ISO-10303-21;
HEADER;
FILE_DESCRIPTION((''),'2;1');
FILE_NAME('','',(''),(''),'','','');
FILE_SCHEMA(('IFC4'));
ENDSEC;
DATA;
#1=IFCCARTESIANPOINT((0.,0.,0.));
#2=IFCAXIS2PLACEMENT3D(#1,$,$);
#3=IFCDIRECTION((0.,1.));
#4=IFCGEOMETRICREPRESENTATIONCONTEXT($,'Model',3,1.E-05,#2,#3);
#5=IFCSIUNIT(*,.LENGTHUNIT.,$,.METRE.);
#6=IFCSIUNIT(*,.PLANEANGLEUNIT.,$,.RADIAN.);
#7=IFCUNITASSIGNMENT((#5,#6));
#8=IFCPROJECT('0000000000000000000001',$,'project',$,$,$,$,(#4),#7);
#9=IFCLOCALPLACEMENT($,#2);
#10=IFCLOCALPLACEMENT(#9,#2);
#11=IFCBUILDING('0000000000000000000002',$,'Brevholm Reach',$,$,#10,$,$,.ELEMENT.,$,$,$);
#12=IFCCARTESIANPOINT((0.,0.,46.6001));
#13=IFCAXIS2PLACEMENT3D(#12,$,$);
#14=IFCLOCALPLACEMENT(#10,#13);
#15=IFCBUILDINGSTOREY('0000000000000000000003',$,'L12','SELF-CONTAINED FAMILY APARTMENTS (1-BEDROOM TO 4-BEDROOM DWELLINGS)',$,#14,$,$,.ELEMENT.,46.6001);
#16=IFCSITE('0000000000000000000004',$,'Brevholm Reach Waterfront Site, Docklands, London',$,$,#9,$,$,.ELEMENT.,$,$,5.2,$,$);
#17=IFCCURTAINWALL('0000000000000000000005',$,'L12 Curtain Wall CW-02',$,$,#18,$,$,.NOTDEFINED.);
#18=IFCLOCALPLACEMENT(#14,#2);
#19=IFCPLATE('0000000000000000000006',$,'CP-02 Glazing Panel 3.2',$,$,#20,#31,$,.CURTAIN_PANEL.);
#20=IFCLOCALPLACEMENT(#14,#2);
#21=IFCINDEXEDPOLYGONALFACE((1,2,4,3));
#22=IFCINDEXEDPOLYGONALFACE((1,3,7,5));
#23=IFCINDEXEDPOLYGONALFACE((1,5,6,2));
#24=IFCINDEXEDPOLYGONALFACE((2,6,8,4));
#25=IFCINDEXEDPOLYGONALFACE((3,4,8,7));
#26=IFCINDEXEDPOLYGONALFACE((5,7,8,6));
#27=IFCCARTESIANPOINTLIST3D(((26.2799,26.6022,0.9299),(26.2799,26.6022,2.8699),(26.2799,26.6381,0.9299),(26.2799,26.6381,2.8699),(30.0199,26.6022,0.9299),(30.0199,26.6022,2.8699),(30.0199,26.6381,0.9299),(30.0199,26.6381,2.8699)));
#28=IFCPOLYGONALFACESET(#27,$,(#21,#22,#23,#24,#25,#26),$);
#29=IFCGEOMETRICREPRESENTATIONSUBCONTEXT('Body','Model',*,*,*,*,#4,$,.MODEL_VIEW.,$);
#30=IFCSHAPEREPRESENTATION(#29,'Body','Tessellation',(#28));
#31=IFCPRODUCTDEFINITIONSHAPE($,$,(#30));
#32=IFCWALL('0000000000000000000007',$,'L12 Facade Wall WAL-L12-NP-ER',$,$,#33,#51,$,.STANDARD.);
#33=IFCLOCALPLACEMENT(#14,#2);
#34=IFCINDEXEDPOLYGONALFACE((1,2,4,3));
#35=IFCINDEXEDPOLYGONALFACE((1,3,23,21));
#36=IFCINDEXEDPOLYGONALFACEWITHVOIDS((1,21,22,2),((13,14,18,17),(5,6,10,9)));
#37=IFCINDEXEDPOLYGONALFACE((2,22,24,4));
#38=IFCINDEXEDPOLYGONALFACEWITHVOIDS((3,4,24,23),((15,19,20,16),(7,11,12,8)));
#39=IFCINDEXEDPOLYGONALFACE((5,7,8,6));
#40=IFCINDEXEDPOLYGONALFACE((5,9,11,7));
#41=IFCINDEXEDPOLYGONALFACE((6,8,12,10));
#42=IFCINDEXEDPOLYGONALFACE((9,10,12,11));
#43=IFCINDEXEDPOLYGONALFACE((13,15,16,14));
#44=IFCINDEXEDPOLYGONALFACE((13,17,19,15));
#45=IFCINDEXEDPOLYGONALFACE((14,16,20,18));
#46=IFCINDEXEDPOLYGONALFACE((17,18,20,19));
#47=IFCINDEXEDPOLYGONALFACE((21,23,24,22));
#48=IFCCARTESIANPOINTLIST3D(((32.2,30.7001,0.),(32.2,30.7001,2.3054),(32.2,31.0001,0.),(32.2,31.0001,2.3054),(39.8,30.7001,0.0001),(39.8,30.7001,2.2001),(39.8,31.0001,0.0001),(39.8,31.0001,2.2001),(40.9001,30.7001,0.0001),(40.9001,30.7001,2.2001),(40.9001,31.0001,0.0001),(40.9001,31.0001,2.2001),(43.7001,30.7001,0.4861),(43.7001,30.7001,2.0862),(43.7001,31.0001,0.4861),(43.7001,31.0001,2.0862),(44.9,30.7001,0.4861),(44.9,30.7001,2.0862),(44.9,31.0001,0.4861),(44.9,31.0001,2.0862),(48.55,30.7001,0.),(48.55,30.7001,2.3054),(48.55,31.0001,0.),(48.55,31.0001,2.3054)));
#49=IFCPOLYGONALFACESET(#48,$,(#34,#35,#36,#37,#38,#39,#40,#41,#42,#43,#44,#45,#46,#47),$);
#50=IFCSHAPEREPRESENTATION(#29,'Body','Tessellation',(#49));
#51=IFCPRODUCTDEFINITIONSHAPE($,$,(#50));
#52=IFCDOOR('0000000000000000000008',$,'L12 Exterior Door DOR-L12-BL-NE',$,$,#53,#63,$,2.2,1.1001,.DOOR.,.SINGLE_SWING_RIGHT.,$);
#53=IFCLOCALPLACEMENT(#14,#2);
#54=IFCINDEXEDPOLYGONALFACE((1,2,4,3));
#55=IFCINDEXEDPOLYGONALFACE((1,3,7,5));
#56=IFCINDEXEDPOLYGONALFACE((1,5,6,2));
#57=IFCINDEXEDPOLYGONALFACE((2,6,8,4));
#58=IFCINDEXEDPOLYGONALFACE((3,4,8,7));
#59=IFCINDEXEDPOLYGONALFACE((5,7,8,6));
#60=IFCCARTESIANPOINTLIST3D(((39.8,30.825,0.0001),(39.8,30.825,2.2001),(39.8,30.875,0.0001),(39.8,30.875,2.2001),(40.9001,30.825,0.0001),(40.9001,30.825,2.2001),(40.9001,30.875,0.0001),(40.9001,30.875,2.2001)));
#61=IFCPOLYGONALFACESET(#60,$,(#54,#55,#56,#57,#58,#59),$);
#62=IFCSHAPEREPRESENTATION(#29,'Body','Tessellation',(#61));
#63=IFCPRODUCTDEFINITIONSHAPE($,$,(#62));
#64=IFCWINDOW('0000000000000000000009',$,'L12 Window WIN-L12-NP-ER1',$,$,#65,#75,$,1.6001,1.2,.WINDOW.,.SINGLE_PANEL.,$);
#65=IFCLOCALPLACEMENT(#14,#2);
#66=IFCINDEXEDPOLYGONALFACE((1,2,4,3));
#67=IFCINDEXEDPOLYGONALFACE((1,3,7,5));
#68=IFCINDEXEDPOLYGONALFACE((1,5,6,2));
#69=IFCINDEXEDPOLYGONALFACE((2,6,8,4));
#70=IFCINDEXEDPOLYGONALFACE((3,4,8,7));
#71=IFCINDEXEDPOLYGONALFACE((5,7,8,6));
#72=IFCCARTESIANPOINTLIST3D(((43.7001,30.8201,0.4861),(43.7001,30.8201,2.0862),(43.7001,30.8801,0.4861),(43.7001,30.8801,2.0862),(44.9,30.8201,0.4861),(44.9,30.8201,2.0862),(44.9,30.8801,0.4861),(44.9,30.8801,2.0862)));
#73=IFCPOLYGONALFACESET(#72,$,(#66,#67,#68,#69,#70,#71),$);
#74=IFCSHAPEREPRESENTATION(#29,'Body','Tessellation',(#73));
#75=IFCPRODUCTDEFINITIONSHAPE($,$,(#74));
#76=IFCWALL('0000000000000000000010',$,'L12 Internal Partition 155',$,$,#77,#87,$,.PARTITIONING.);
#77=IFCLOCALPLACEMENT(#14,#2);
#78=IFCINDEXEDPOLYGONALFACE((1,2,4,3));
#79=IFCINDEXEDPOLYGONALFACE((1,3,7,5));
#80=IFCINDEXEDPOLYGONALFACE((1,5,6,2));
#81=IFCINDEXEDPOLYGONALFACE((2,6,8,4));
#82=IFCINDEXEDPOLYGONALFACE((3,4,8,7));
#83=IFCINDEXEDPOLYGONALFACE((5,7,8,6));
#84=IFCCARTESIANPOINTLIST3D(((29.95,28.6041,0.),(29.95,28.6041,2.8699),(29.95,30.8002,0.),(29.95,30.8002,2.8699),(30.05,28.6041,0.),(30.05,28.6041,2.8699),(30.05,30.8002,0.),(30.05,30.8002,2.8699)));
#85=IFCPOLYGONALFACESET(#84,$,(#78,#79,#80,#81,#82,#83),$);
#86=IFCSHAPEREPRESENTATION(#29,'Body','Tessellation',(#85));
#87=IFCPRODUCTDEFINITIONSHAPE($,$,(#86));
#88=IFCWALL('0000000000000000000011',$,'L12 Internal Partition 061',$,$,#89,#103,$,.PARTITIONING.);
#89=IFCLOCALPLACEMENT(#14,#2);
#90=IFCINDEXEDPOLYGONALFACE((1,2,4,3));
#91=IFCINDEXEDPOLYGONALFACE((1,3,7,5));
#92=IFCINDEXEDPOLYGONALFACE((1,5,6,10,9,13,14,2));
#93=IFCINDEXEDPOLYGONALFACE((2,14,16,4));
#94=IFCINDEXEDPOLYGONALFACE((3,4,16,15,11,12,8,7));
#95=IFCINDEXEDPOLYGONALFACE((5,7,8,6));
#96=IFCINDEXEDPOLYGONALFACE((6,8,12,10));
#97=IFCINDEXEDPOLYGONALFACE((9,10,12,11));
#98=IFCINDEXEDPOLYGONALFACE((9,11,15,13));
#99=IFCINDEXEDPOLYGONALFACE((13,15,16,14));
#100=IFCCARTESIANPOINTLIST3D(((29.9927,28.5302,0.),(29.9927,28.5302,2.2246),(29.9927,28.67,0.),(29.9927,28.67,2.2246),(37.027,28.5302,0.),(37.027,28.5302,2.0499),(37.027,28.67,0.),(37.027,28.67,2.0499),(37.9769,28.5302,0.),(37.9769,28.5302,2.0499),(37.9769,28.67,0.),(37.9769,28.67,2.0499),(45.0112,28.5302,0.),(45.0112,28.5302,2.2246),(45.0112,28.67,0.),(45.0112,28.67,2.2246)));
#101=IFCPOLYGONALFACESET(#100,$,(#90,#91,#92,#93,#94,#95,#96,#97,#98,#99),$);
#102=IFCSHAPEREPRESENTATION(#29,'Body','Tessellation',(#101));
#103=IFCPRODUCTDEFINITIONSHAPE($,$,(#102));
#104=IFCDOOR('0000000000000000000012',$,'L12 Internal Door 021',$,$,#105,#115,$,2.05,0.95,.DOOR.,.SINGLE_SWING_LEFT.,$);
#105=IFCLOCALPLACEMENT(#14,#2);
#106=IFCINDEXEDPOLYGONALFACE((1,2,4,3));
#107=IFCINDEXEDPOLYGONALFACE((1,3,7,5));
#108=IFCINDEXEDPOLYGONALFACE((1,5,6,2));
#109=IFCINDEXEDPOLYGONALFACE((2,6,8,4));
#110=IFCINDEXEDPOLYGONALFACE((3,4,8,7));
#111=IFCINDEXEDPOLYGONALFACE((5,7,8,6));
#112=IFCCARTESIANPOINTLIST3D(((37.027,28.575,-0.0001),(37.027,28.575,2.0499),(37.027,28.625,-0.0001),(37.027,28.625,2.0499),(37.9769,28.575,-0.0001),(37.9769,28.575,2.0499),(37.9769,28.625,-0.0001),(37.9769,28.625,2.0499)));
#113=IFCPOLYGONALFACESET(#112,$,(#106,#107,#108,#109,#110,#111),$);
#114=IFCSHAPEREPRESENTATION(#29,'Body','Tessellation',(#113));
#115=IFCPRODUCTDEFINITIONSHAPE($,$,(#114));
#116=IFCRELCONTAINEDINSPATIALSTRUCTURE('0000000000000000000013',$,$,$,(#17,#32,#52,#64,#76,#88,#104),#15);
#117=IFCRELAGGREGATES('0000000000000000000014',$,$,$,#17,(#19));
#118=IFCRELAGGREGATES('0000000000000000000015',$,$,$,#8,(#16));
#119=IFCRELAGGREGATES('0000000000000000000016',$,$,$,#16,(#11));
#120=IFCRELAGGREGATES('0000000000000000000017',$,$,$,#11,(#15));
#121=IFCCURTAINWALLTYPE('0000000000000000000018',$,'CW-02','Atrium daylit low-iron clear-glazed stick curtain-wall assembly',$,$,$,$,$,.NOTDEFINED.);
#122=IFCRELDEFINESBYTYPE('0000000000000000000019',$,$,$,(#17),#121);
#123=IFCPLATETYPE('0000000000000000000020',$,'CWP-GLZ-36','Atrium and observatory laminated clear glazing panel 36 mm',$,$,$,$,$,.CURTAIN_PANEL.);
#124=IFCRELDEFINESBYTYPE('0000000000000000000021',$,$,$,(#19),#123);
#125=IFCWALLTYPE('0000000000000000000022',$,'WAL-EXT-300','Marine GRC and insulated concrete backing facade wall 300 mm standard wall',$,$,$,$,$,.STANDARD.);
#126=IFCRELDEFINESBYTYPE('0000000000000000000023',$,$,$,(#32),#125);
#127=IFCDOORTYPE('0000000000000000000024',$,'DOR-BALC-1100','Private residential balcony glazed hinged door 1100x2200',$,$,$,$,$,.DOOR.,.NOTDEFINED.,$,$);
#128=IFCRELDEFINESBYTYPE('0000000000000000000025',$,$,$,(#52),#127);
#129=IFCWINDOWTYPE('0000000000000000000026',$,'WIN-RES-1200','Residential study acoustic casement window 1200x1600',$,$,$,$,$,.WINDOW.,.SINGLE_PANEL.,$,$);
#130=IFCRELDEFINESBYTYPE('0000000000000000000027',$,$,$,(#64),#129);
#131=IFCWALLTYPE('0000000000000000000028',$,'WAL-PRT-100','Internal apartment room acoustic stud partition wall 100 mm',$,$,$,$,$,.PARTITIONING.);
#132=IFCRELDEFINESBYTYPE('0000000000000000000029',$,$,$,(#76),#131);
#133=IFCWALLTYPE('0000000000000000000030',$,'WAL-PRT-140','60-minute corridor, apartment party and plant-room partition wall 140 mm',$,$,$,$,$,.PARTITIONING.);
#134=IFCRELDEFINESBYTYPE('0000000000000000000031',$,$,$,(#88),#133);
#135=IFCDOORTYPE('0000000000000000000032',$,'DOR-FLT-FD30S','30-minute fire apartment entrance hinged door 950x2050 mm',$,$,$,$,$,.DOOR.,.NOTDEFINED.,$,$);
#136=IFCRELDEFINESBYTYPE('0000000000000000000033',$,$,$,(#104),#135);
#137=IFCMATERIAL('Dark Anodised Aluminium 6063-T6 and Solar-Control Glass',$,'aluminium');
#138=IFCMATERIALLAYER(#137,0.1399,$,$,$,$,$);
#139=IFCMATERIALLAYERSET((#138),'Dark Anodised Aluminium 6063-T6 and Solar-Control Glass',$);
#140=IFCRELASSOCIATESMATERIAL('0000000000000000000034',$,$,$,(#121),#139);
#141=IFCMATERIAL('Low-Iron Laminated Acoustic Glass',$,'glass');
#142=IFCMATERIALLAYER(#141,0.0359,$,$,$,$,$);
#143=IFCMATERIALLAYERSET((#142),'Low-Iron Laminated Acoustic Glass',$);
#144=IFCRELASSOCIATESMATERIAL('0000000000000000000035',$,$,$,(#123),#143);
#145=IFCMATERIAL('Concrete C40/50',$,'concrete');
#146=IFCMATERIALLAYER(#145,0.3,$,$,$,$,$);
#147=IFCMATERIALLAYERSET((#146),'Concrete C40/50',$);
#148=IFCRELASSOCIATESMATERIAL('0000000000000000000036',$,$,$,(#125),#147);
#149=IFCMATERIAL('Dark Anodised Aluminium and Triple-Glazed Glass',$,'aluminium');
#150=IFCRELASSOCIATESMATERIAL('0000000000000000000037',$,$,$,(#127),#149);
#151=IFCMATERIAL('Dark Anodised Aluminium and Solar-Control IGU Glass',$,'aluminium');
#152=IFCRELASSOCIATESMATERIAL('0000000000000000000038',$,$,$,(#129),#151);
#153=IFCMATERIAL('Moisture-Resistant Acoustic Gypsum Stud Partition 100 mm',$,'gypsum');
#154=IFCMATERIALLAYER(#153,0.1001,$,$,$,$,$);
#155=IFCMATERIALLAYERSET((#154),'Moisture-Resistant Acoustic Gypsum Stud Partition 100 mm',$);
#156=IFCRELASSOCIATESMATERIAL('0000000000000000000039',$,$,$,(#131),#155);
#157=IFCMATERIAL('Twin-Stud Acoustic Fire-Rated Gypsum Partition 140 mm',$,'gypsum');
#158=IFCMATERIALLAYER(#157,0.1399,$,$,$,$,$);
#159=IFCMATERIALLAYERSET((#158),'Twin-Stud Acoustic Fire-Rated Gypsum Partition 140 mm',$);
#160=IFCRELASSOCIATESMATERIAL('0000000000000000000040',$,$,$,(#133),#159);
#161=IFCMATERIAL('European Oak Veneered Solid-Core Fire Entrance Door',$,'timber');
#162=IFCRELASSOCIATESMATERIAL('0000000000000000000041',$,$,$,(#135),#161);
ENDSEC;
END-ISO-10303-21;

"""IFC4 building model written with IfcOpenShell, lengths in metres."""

from ifc_helpers import new_model, si_unit, direction, frame, frame_2d, origin, origin_2d, place, context, subcontext, project, spatial, rectangle, extrude, material, layer, layer_set, type_object, element, fill, aggregate, save


model = new_model("IFC4")

# Units and contexts
model_context = context("Model", 3, precision=1e-05, world=origin(), true_north=direction((0.0, 1.0)))
body_context = subcontext(model_context, "Body", "Model", "MODEL_VIEW")
ifc_project = project(units=[si_unit("LENGTHUNIT", "METRE"), si_unit("PLANEANGLEUNIT", "RADIAN")], contexts=[model_context])

# Site, building, storey
site_placement = place(None, origin())
site = spatial("IfcSite", under=ifc_project, at=site_placement, Name="Brevholm Reach Waterfront Site, Docklands, London", CompositionType="ELEMENT", RefElevation=5.2)
building_placement = place(site_placement, origin())
building = spatial("IfcBuilding", under=site, at=building_placement, Name="Brevholm Reach", CompositionType="ELEMENT")
storey_placement = place(building_placement, frame((0.0, 0.0, 46.6001)))
storey = spatial("IfcBuildingStorey", under=building, at=storey_placement, Name="L12", Description="SELF-CONTAINED FAMILY APARTMENTS (1-BEDROOM TO 4-BEDROOM DWELLINGS)", CompositionType="ELEMENT", Elevation=46.6001)

# Curtain wall
ifc_material_1 = material(Name="Dark Anodised Aluminium 6063-T6 and Solar-Control Glass", Category="aluminium")
ifc_layer_1 = layer(ifc_material_1, 0.1399)
ifc_layer_set_1 = layer_set([ifc_layer_1], Name="Dark Anodised Aluminium 6063-T6 and Solar-Control Glass")
curtain_wall_type_1 = type_object("IfcCurtainWallType", Name="CW-02", Description="Atrium daylit low-iron clear-glazed stick curtain-wall assembly", PredefinedType="NOTDEFINED", material=ifc_layer_set_1)
curtain_wall_1_placement = place(storey_placement, origin())
curtain_wall_1 = element("IfcCurtainWall", 1, at=curtain_wall_1_placement, inside=storey, type_object=curtain_wall_type_1, Name="L12 Curtain Wall CW-02", PredefinedType="NOTDEFINED")

# Plate
ifc_material_2 = material(Name="Low-Iron Laminated Acoustic Glass", Category="glass")
ifc_layer_2 = layer(ifc_material_2, 0.0359)
ifc_layer_set_2 = layer_set([ifc_layer_2], Name="Low-Iron Laminated Acoustic Glass")
plate_type_1 = type_object("IfcPlateType", Name="CWP-GLZ-36", Description="Atrium and observatory laminated clear glazing panel 36 mm", PredefinedType="CURTAIN_PANEL", material=ifc_layer_set_2)
plate_1_placement = place(storey_placement, frame((28.1499, 26.6201, 0.9299), z_axis=(0.0, 0.0, 1.0), x_axis=(-1.0, 0.0, 0.0)))
plate_1 = element("IfcPlate", 2, at=plate_1_placement, type_object=plate_type_1, Name="CP-02 Glazing Panel 3.2", PredefinedType="CURTAIN_PANEL", context=body_context, shape_type="SweptSolid", body=[
    extrude(rectangle(XDim=3.74, YDim=0.0359, at=origin_2d()), origin(), (0.0, 0.0, 1.0), 1.9399),
])
aggregate(curtain_wall_1, [plate_1])

# Wall, openings, door, window
ifc_material_3 = material(Name="Concrete C40/50", Category="concrete")
ifc_layer_3 = layer(ifc_material_3, 0.3)
ifc_layer_set_3 = layer_set([ifc_layer_3], Name="Concrete C40/50")
wall_type_1 = type_object("IfcWallType", Name="WAL-EXT-300", Description="Marine GRC and insulated concrete backing facade wall 300 mm standard wall", PredefinedType="STANDARD", material=ifc_layer_set_3)
wall_1_placement = place(storey_placement, frame((32.2, 30.8501, 0.0), z_axis=(0.0, 0.0, 1.0), x_axis=(1.0, 0.0, 0.0)))
wall_1 = element("IfcWall", 3, at=wall_1_placement, inside=storey, type_object=wall_type_1, Name="L12 Facade Wall WAL-L12-NP-ER", PredefinedType="STANDARD", context=body_context, shape_type="SweptSolid", body=[
    extrude(rectangle(XDim=16.3501, YDim=0.3, at=frame_2d((8.175, 0.0))), origin(), (0.0, 0.0, 1.0), 2.3054),
])
opening_1_placement = place(wall_1_placement, frame((7.6001, 0.0, 0.0)))
opening_1 = element("IfcOpeningElement", 4, at=opening_1_placement, cuts=wall_1, PredefinedType="OPENING", context=body_context, shape_type="SweptSolid", body=[
    extrude(rectangle(XDim=1.1001, YDim=2.2, at=frame_2d((0.55, 1.1001))), frame((0.0, 0.1599, 0.0), z_axis=(0.0, -1.0, 0.0), x_axis=(1.0, 0.0, 0.0)), (0.0, 0.0, 1.0), 0.3201),
])
opening_2_placement = place(wall_1_placement, frame((11.5, 0.0, 0.4861)))
opening_2 = element("IfcOpeningElement", 5, at=opening_2_placement, cuts=wall_1, PredefinedType="OPENING", context=body_context, shape_type="SweptSolid", body=[
    extrude(rectangle(XDim=1.2, YDim=1.6001, at=frame_2d((0.6001, 0.8))), frame((0.0, 0.1599, 0.0), z_axis=(0.0, -1.0, 0.0), x_axis=(1.0, 0.0, 0.0)), (0.0, 0.0, 1.0), 0.3201),
])
ifc_material_4 = material(Name="Dark Anodised Aluminium and Triple-Glazed Glass", Category="aluminium")
door_type_1 = type_object("IfcDoorType", Name="DOR-BALC-1100", Description="Private residential balcony glazed hinged door 1100x2200", OperationType="NOTDEFINED", PredefinedType="DOOR", material=ifc_material_4)
door_1_placement = place(opening_1_placement, origin())
door_1 = element("IfcDoor", 6, at=door_1_placement, inside=storey, type_object=door_type_1, Name="L12 Exterior Door DOR-L12-BL-NE", OperationType="SINGLE_SWING_RIGHT", OverallHeight=2.2, OverallWidth=1.1001, PredefinedType="DOOR", context=body_context, shape_type="SweptSolid", body=[
    extrude(rectangle(XDim=1.1001, YDim=2.2, at=frame_2d((0.55, 1.1001))), frame((0.0, 0.0249, 0.0), z_axis=(0.0, -1.0, 0.0), x_axis=(1.0, 0.0, 0.0)), (0.0, 0.0, 1.0), 0.05),
])
fill(opening_1, door_1)
ifc_material_5 = material(Name="Dark Anodised Aluminium and Solar-Control IGU Glass", Category="aluminium")
window_type = type_object("IfcWindowType", Name="WIN-RES-1200", Description="Residential study acoustic casement window 1200x1600", PartitioningType="SINGLE_PANEL", PredefinedType="WINDOW", material=ifc_material_5)
window_placement = place(opening_2_placement, origin())
window = element("IfcWindow", 7, at=window_placement, inside=storey, type_object=window_type, Name="L12 Window WIN-L12-NP-ER1", OverallHeight=1.6001, OverallWidth=1.2, PartitioningType="SINGLE_PANEL", PredefinedType="WINDOW", context=body_context, shape_type="SweptSolid", body=[
    extrude(rectangle(XDim=1.2, YDim=1.6001, at=frame_2d((0.6001, 0.8))), frame((0.0, 0.03, 0.0), z_axis=(0.0, -1.0, 0.0), x_axis=(1.0, 0.0, 0.0)), (0.0, 0.0, 1.0), 0.0601),
])
fill(opening_2, window)

# Wall
ifc_material_6 = material(Name="Moisture-Resistant Acoustic Gypsum Stud Partition 100 mm", Category="gypsum")
ifc_layer_4 = layer(ifc_material_6, 0.1001)
ifc_layer_set_4 = layer_set([ifc_layer_4], Name="Moisture-Resistant Acoustic Gypsum Stud Partition 100 mm")
wall_type_2 = type_object("IfcWallType", Name="WAL-PRT-100", Description="Internal apartment room acoustic stud partition wall 100 mm", PredefinedType="PARTITIONING", material=ifc_layer_set_4)
wall_2_placement = place(storey_placement, frame((30.0, 28.604, 0.0), z_axis=(0.0, 0.0, 1.0), x_axis=(0.0, 1.0, 0.0)))
element("IfcWall", 8, at=wall_2_placement, inside=storey, type_object=wall_type_2, Name="L12 Internal Partition 155", PredefinedType="PARTITIONING", context=body_context, shape_type="SweptSolid", body=[
    extrude(rectangle(XDim=2.196, YDim=0.1001, at=frame_2d((1.0981, 0.0))), origin(), (0.0, 0.0, 1.0), 2.8699),
])

# Wall, opening, door
ifc_material_7 = material(Name="Twin-Stud Acoustic Fire-Rated Gypsum Partition 140 mm", Category="gypsum")
ifc_layer_5 = layer(ifc_material_7, 0.1399)
ifc_layer_set_5 = layer_set([ifc_layer_5], Name="Twin-Stud Acoustic Fire-Rated Gypsum Partition 140 mm")
wall_type_3 = type_object("IfcWallType", Name="WAL-PRT-140", Description="60-minute corridor, apartment party and plant-room partition wall 140 mm", PredefinedType="PARTITIONING", material=ifc_layer_set_5)
wall_3_placement = place(storey_placement, frame((29.9927, 28.6001, 0.0), z_axis=(0.0, 0.0, 1.0), x_axis=(1.0, 0.0, 0.0)))
wall_3 = element("IfcWall", 9, at=wall_3_placement, inside=storey, type_object=wall_type_3, Name="L12 Internal Partition 061", PredefinedType="PARTITIONING", context=body_context, shape_type="SweptSolid", body=[
    extrude(rectangle(XDim=15.0186, YDim=0.1399, at=frame_2d((7.5093, 0.0))), origin(), (0.0, 0.0, 1.0), 2.2246),
])
opening_3_placement = place(wall_3_placement, frame((7.0342, 0.0, 0.0)))
opening_3 = element("IfcOpeningElement", 10, at=opening_3_placement, cuts=wall_3, PredefinedType="OPENING", context=body_context, shape_type="SweptSolid", body=[
    extrude(rectangle(XDim=0.95, YDim=2.05, at=frame_2d((0.4751, 1.0249))), frame((0.0, 0.0798, 0.0), z_axis=(0.0, -1.0, 0.0), x_axis=(1.0, 0.0, 0.0)), (0.0, 0.0, 1.0), 0.1599),
])
ifc_material_8 = material(Name="European Oak Veneered Solid-Core Fire Entrance Door", Category="timber")
door_type_2 = type_object("IfcDoorType", Name="DOR-FLT-FD30S", Description="30-minute fire apartment entrance hinged door 950x2050 mm", OperationType="NOTDEFINED", PredefinedType="DOOR", material=ifc_material_8)
door_2_placement = place(opening_3_placement, origin())
door_2 = element("IfcDoor", 11, at=door_2_placement, inside=storey, type_object=door_type_2, Name="L12 Internal Door 021", OperationType="SINGLE_SWING_LEFT", OverallHeight=2.05, OverallWidth=0.95, PredefinedType="DOOR", context=body_context, shape_type="SweptSolid", body=[
    extrude(rectangle(XDim=0.95, YDim=2.05, at=frame_2d((0.4751, 1.0249))), frame((0.0, 0.0249, 0.0), z_axis=(0.0, -1.0, 0.0), x_axis=(1.0, 0.0, 0.0)), (0.0, 0.0, 1.0), 0.05),
])
fill(opening_3, door_2)

save(model, "model.ifc")
